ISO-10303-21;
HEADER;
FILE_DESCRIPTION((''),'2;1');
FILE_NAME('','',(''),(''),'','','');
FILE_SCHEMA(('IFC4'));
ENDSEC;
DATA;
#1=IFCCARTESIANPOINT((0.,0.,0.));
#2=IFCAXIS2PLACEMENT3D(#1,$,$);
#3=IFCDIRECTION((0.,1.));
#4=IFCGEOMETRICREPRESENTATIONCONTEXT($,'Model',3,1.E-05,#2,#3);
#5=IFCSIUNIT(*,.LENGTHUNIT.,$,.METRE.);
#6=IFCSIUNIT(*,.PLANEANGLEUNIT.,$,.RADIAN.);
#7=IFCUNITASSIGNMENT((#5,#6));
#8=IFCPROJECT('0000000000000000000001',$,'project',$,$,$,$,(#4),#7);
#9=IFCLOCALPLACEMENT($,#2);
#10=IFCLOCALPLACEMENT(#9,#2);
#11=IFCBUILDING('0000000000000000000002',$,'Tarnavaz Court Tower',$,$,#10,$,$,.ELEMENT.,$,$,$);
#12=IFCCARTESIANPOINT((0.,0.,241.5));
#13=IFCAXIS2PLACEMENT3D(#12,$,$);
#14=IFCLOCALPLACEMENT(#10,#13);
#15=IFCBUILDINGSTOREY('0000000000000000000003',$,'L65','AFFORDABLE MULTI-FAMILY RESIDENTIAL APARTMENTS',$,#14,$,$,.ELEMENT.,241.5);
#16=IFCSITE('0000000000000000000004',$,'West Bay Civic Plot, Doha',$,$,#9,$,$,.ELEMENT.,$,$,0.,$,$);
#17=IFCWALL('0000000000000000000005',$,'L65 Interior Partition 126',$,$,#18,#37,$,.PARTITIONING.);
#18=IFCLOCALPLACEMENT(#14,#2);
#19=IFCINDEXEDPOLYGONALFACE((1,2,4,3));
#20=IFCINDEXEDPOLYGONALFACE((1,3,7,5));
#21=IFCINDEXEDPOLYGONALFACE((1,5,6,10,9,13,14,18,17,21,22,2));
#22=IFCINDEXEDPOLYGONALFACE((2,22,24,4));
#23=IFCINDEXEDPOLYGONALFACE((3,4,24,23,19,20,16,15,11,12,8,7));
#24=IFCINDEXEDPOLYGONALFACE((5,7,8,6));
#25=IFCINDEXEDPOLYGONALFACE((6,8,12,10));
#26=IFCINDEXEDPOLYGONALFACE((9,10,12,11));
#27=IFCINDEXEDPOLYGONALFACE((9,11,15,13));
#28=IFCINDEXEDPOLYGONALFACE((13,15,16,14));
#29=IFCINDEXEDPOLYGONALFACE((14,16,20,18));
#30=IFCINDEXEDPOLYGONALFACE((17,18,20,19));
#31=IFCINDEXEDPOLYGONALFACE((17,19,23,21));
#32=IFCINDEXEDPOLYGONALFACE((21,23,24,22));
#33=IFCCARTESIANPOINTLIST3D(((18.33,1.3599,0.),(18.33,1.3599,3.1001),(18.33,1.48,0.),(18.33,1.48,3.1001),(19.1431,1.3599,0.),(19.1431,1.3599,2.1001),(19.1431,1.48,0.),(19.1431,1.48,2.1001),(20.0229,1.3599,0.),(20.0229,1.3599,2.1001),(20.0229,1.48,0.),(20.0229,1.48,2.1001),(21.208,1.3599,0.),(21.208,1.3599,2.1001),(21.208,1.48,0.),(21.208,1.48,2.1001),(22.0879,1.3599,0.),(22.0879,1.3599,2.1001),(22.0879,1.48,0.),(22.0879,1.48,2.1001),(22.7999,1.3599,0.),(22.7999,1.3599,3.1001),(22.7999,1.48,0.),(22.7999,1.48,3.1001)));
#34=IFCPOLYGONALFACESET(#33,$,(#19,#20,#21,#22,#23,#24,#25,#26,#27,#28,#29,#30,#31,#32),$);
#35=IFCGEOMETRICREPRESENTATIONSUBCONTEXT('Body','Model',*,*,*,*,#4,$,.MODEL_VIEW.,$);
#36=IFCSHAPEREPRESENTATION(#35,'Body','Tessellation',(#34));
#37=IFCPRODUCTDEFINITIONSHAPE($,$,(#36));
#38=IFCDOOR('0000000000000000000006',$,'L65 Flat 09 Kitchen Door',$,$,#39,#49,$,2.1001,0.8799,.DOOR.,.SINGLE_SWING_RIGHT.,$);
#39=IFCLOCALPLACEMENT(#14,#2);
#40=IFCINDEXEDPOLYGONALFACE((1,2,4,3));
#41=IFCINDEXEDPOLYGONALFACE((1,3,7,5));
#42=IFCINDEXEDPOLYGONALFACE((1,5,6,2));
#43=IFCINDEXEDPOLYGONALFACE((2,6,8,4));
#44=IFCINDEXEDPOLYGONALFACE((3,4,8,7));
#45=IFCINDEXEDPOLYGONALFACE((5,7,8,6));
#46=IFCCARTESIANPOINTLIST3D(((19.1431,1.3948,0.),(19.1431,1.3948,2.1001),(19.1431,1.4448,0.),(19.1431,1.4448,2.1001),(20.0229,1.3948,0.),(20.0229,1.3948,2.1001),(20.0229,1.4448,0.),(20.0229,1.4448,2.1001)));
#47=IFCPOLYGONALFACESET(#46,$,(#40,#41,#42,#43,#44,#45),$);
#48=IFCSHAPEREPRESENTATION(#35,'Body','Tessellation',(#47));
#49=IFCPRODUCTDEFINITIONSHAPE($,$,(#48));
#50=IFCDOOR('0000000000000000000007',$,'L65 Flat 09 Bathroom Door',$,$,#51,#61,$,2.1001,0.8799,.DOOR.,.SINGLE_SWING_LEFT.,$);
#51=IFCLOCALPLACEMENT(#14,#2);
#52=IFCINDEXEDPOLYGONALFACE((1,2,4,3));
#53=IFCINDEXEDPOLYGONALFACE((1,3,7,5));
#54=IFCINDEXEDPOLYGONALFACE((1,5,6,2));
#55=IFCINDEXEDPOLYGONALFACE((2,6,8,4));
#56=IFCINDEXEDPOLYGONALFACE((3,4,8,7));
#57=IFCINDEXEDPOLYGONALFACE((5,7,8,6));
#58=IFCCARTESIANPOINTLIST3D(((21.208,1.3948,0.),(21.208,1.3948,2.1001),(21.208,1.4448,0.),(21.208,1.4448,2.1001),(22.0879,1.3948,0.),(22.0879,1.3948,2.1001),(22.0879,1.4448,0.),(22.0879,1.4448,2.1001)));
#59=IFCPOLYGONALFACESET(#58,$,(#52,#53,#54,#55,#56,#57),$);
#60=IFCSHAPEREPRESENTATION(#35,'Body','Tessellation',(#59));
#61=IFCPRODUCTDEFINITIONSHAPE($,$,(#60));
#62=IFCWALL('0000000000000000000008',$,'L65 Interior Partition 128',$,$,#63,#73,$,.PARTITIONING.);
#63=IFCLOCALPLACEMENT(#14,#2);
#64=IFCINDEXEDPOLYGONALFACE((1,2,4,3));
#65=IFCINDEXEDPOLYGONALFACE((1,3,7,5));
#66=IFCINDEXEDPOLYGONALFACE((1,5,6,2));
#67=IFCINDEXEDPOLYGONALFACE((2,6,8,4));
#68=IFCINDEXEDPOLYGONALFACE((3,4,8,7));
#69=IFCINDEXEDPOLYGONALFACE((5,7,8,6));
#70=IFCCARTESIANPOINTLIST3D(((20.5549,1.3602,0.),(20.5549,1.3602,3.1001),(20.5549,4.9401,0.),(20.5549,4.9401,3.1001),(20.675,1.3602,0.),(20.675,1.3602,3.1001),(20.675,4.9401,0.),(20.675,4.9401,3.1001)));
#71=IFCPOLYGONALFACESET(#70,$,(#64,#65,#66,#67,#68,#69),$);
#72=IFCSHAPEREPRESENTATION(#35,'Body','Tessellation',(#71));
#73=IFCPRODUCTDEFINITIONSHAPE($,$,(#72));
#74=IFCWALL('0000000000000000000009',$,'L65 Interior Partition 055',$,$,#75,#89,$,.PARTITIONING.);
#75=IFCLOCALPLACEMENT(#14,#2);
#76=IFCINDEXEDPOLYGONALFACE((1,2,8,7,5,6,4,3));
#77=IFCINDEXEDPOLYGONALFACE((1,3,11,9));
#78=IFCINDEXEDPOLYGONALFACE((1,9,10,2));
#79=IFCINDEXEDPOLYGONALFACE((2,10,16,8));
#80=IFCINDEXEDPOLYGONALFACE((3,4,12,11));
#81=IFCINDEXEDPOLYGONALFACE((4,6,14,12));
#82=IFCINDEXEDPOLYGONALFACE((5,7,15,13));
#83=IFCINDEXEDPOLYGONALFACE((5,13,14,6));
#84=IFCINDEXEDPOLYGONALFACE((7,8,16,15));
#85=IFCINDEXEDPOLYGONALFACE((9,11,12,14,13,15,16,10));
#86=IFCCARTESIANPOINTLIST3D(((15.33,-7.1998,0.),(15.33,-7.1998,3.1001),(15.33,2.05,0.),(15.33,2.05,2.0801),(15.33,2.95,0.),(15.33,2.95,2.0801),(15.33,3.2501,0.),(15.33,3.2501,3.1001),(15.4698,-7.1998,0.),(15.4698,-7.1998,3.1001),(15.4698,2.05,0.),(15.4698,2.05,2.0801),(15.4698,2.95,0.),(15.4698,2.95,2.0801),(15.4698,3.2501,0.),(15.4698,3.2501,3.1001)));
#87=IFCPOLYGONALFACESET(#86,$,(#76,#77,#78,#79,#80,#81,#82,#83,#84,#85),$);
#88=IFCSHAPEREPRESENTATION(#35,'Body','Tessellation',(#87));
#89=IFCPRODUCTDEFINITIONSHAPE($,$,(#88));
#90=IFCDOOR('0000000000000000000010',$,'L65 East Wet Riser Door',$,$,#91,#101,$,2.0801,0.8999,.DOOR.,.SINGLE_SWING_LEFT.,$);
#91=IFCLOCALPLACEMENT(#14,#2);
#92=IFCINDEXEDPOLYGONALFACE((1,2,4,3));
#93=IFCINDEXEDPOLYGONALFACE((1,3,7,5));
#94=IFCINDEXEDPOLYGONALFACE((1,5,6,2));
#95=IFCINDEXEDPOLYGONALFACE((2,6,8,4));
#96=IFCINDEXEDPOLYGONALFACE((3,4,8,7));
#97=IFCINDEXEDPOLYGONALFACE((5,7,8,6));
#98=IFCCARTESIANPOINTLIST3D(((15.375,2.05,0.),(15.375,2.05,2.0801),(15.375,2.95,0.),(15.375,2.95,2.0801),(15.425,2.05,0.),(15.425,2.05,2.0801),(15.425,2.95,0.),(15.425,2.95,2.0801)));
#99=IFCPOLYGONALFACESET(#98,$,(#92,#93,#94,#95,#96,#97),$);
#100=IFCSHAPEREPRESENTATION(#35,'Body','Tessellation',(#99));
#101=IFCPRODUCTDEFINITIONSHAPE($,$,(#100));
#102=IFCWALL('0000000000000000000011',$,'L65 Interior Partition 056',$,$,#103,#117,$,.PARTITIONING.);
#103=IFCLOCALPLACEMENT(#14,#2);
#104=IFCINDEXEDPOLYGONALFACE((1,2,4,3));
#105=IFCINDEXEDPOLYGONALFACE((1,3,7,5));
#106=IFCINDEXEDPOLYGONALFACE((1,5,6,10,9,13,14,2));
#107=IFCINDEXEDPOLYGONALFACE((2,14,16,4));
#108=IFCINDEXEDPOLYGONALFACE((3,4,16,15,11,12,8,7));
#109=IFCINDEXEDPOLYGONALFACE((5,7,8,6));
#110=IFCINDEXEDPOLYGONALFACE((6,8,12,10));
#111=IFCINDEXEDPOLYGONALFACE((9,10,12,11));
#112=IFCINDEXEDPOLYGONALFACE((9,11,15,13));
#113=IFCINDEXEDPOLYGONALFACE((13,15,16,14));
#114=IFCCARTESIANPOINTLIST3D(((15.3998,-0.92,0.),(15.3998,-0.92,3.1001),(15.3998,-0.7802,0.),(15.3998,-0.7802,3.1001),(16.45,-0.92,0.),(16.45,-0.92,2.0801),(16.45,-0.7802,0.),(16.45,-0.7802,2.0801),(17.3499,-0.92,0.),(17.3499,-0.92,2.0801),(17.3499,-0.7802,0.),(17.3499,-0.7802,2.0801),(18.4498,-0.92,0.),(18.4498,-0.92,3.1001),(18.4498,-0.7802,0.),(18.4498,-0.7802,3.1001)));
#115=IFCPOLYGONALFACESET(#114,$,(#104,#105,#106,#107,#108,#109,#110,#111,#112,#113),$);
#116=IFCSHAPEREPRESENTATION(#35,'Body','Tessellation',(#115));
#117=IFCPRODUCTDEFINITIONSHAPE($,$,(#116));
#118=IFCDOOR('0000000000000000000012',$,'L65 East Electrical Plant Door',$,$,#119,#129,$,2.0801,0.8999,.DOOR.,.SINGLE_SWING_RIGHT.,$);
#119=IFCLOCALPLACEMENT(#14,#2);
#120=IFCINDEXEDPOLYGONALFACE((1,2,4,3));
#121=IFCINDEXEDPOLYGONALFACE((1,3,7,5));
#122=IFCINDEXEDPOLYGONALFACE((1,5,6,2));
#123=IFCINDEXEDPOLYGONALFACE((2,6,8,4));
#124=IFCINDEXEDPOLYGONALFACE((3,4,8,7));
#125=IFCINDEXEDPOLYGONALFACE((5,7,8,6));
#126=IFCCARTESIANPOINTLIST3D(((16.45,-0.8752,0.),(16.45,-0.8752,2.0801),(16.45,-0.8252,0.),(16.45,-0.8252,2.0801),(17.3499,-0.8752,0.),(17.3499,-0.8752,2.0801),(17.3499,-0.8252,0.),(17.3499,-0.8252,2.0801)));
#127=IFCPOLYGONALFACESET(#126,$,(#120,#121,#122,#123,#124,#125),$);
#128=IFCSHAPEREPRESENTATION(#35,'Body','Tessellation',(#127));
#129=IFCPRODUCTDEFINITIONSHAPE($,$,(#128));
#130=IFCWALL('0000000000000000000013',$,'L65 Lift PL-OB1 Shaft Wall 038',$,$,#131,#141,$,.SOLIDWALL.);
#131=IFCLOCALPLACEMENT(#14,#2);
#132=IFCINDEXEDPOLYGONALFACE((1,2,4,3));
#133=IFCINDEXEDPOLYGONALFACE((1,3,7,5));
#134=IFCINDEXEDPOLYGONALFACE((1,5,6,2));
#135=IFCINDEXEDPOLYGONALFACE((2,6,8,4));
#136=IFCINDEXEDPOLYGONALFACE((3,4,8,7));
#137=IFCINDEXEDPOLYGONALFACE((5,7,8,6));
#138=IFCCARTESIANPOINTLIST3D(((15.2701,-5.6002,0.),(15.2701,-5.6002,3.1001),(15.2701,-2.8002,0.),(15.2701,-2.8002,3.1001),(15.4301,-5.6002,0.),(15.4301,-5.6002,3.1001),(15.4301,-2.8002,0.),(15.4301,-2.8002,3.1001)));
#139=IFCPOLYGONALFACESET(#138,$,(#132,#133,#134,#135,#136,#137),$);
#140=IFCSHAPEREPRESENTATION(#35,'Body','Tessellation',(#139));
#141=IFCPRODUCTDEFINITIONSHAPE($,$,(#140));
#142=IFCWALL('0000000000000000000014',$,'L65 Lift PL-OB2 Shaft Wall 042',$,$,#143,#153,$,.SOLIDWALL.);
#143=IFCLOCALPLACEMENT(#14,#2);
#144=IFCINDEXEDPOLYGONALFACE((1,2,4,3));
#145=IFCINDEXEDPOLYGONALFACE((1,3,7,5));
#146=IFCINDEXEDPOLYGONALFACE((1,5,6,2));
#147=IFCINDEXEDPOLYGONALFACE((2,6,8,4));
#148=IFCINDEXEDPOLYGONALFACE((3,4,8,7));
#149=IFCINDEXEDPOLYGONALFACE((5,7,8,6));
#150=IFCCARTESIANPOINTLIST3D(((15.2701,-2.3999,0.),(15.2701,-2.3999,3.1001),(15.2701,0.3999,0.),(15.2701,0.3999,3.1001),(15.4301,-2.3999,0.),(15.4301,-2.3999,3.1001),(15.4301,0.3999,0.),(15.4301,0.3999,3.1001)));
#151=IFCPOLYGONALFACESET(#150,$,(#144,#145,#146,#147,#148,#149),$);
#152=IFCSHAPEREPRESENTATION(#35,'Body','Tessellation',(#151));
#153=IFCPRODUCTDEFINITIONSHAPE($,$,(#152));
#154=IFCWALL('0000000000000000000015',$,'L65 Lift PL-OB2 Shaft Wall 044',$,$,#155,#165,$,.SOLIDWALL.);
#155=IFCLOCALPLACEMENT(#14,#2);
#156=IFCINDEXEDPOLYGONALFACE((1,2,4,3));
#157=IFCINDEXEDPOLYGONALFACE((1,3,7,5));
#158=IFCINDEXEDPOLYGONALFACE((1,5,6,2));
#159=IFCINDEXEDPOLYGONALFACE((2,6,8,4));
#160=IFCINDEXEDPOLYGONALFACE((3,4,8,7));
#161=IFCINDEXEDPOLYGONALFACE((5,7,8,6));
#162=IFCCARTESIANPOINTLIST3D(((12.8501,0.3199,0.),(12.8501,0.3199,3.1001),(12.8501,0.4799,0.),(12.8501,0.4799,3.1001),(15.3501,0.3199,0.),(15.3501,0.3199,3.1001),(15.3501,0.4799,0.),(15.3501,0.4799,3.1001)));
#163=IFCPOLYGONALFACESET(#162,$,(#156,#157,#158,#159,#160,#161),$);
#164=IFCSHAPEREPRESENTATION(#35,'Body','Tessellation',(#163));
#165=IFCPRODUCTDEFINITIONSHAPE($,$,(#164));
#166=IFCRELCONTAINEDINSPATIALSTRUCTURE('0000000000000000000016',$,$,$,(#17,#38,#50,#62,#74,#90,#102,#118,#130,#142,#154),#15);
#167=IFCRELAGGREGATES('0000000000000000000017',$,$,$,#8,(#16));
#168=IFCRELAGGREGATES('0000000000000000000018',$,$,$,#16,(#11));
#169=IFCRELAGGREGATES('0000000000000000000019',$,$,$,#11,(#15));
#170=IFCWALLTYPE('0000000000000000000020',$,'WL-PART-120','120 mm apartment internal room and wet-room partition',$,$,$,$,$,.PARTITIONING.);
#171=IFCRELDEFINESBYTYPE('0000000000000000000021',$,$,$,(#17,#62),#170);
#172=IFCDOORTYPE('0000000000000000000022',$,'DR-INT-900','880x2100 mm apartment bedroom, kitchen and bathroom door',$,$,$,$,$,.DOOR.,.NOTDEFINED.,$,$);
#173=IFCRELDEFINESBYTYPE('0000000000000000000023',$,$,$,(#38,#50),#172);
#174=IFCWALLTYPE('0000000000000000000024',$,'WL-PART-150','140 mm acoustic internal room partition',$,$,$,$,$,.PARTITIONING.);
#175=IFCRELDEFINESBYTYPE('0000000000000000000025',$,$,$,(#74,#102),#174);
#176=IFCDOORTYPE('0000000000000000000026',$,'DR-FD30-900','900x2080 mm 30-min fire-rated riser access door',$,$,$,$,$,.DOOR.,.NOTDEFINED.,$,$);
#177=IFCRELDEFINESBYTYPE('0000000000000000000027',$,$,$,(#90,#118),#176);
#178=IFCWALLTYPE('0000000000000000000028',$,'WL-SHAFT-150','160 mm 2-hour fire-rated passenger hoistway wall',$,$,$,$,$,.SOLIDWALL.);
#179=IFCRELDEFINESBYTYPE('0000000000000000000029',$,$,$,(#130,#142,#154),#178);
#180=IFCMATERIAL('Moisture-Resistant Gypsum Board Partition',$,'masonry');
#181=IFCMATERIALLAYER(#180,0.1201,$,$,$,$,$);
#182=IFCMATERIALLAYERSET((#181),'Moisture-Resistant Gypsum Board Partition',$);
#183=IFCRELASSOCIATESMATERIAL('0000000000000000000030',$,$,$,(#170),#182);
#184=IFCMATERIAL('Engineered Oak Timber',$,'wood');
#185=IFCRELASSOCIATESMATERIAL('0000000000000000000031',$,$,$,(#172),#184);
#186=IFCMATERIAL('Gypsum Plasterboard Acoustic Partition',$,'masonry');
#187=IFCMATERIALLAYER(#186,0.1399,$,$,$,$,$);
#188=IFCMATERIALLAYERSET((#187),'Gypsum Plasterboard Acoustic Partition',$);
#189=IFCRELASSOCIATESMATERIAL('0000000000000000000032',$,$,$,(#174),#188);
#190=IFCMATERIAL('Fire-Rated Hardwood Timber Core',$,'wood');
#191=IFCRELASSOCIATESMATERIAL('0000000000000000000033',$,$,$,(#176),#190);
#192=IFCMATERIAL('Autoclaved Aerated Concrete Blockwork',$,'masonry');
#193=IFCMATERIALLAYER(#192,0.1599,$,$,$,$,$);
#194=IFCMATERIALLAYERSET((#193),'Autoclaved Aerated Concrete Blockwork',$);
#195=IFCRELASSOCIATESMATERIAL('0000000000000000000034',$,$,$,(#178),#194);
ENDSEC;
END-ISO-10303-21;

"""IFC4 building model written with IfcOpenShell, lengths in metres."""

from ifc_helpers import new_model, si_unit, direction, frame, frame_2d, origin, place, context, subcontext, project, spatial, rectangle, extrude, material, layer, layer_set, type_object, element, fill, save


model = new_model("IFC4")

# Units and contexts
model_context = context("Model", 3, precision=1e-05, world=origin(), true_north=direction((0.0, 1.0)))
body_context = subcontext(model_context, "Body", "Model", "MODEL_VIEW")
ifc_project = project(units=[si_unit("LENGTHUNIT", "METRE"), si_unit("PLANEANGLEUNIT", "RADIAN")], contexts=[model_context])

# Site, building, storey
site_placement = place(None, origin())
site = spatial("IfcSite", under=ifc_project, at=site_placement, Name="West Bay Civic Plot, Doha", CompositionType="ELEMENT", RefElevation=0.0)
building_placement = place(site_placement, origin())
building = spatial("IfcBuilding", under=site, at=building_placement, Name="Tarnavaz Court Tower", CompositionType="ELEMENT")
storey_placement = place(building_placement, frame((0.0, 0.0, 241.5)))
storey = spatial("IfcBuildingStorey", under=building, at=storey_placement, Name="L65", Description="AFFORDABLE MULTI-FAMILY RESIDENTIAL APARTMENTS", CompositionType="ELEMENT", Elevation=241.5)

# Shared definitions
ifc_material_1 = material(Name="Fire-Rated Hardwood Timber Core", Category="wood")
ifc_material_2 = material(Name="Engineered Oak Timber", Category="wood")
ifc_material_3 = material(Name="Moisture-Resistant Gypsum Board Partition", Category="masonry")
ifc_layer_1 = layer(ifc_material_3, 0.1201)
ifc_layer_set_1 = layer_set([ifc_layer_1], Name="Moisture-Resistant Gypsum Board Partition")
wall_type_1 = type_object("IfcWallType", Name="WL-PART-120", Description="120 mm apartment internal room and wet-room partition", PredefinedType="PARTITIONING", material=ifc_layer_set_1)
door_type_1 = type_object("IfcDoorType", Name="DR-INT-900", Description="880x2100 mm apartment bedroom, kitchen and bathroom door", OperationType="NOTDEFINED", PredefinedType="DOOR", material=ifc_material_2)

# Wall, openings, doors
wall_1_placement = place(storey_placement, frame((18.3301, 1.4199, 0.0), z_axis=(0.0, 0.0, 1.0), x_axis=(1.0, 0.0, 0.0)))
wall_1 = element("IfcWall", 1, at=wall_1_placement, inside=storey, type_object=wall_type_1, Name="L65 Interior Partition 126", PredefinedType="PARTITIONING", context=body_context, shape_type="SweptSolid", body=[
    extrude(rectangle(XDim=4.47, YDim=0.1201, at=frame_2d((2.2349, 0.0))), origin(), (0.0, 0.0, 1.0), 3.1001),
])
opening_1_placement = place(wall_1_placement, frame((0.813, 0.0, 0.0)))
opening_1 = element("IfcOpeningElement", 2, at=opening_1_placement, cuts=wall_1, PredefinedType="OPENING", context=body_context, shape_type="SweptSolid", body=[
    extrude(rectangle(XDim=0.8799, YDim=2.1001, at=frame_2d((0.4399, 1.05))), frame((0.0, 0.0701, 0.0), z_axis=(0.0, -1.0, 0.0), x_axis=(1.0, 0.0, 0.0)), (0.0, 0.0, 1.0), 0.1401),
])
opening_2_placement = place(wall_1_placement, frame((2.8779, 0.0, 0.0)))
opening_2 = element("IfcOpeningElement", 3, at=opening_2_placement, cuts=wall_1, PredefinedType="OPENING", context=body_context, shape_type="SweptSolid", body=[
    extrude(rectangle(XDim=0.8799, YDim=2.1001, at=frame_2d((0.4399, 1.05))), frame((0.0, 0.0701, 0.0), z_axis=(0.0, -1.0, 0.0), x_axis=(1.0, 0.0, 0.0)), (0.0, 0.0, 1.0), 0.1401),
])
door_1_placement = place(opening_1_placement, origin())
door_1 = element("IfcDoor", 4, at=door_1_placement, inside=storey, type_object=door_type_1, Name="L65 Flat 09 Kitchen Door", OperationType="SINGLE_SWING_RIGHT", OverallHeight=2.1001, OverallWidth=0.8799, PredefinedType="DOOR", context=body_context, shape_type="SweptSolid", body=[
    extrude(rectangle(XDim=0.8799, YDim=2.1001, at=frame_2d((0.4399, 1.05))), frame((0.0, 0.0249, 0.0), z_axis=(0.0, -1.0, 0.0), x_axis=(1.0, 0.0, 0.0)), (0.0, 0.0, 1.0), 0.05),
])
fill(opening_1, door_1)
door_2_placement = place(opening_2_placement, origin())
door_2 = element("IfcDoor", 5, at=door_2_placement, inside=storey, type_object=door_type_1, Name="L65 Flat 09 Bathroom Door", OperationType="SINGLE_SWING_LEFT", OverallHeight=2.1001, OverallWidth=0.8799, PredefinedType="DOOR", context=body_context, shape_type="SweptSolid", body=[
    extrude(rectangle(XDim=0.8799, YDim=2.1001, at=frame_2d((0.4399, 1.05))), frame((0.0, 0.0249, 0.0), z_axis=(0.0, -1.0, 0.0), x_axis=(1.0, 0.0, 0.0)), (0.0, 0.0, 1.0), 0.05),
])
fill(opening_2, door_2)

# Wall
wall_2_placement = place(storey_placement, frame((20.615, 1.3601, 0.0), z_axis=(0.0, 0.0, 1.0), x_axis=(0.0, 1.0, 0.0)))
element("IfcWall", 6, at=wall_2_placement, inside=storey, type_object=wall_type_1, Name="L65 Interior Partition 128", PredefinedType="PARTITIONING", context=body_context, shape_type="SweptSolid", body=[
    extrude(rectangle(XDim=3.5798, YDim=0.1201, at=frame_2d((1.79, 0.0))), origin(), (0.0, 0.0, 1.0), 3.1001),
])

# Walls, openings, doors
ifc_material_4 = material(Name="Gypsum Plasterboard Acoustic Partition", Category="masonry")
ifc_layer_2 = layer(ifc_material_4, 0.1399)
ifc_layer_set_2 = layer_set([ifc_layer_2], Name="Gypsum Plasterboard Acoustic Partition")
wall_type_2 = type_object("IfcWallType", Name="WL-PART-150", Description="140 mm acoustic internal room partition", PredefinedType="PARTITIONING", material=ifc_layer_set_2)
wall_3_placement = place(storey_placement, frame((15.3999, -7.2, 0.0), z_axis=(0.0, 0.0, 1.0), x_axis=(0.0, 1.0, 0.0)))
wall_3 = element("IfcWall", 7, at=wall_3_placement, inside=storey, type_object=wall_type_2, Name="L65 Interior Partition 055", PredefinedType="PARTITIONING", context=body_context, shape_type="SweptSolid", body=[
    extrude(rectangle(XDim=10.45, YDim=0.1399, at=frame_2d((5.2251, 0.0))), origin(), (0.0, 0.0, 1.0), 3.1001),
])
opening_3_placement = place(wall_3_placement, frame((9.25, 0.0, 0.0)))
opening_3 = element("IfcOpeningElement", 8, at=opening_3_placement, cuts=wall_3, PredefinedType="OPENING", context=body_context, shape_type="SweptSolid", body=[
    extrude(rectangle(XDim=0.8999, YDim=2.0801, at=frame_2d((0.45, 1.04))), frame((0.0, 0.0798, 0.0), z_axis=(0.0, -1.0, 0.0), x_axis=(1.0, 0.0, 0.0)), (0.0, 0.0, 1.0), 0.1599),
])
door_type_2 = type_object("IfcDoorType", Name="DR-FD30-900", Description="900x2080 mm 30-min fire-rated riser access door", OperationType="NOTDEFINED", PredefinedType="DOOR", material=ifc_material_1)
door_3_placement = place(opening_3_placement, origin())
door_3 = element("IfcDoor", 9, at=door_3_placement, inside=storey, type_object=door_type_2, Name="L65 East Wet Riser Door", OperationType="SINGLE_SWING_LEFT", OverallHeight=2.0801, OverallWidth=0.8999, PredefinedType="DOOR", context=body_context, shape_type="SweptSolid", body=[
    extrude(rectangle(XDim=0.8999, YDim=2.0801, at=frame_2d((0.45, 1.04))), frame((0.0, 0.0249, 0.0), z_axis=(0.0, -1.0, 0.0), x_axis=(1.0, 0.0, 0.0)), (0.0, 0.0, 1.0), 0.05),
])
fill(opening_3, door_3)
wall_4_placement = place(storey_placement, frame((15.3999, -0.8501, 0.0), z_axis=(0.0, 0.0, 1.0), x_axis=(1.0, 0.0, 0.0)))
wall_4 = element("IfcWall", 10, at=wall_4_placement, inside=storey, type_object=wall_type_2, Name="L65 Interior Partition 056", PredefinedType="PARTITIONING", context=body_context, shape_type="SweptSolid", body=[
    extrude(rectangle(XDim=3.05, YDim=0.1399, at=frame_2d((1.5249, 0.0))), origin(), (0.0, 0.0, 1.0), 3.1001),
])
opening_4_placement = place(wall_4_placement, frame((1.05, 0.0, 0.0)))
opening_4 = element("IfcOpeningElement", 11, at=opening_4_placement, cuts=wall_4, PredefinedType="OPENING", context=body_context, shape_type="SweptSolid", body=[
    extrude(rectangle(XDim=0.8999, YDim=2.0801, at=frame_2d((0.45, 1.04))), frame((0.0, 0.0798, 0.0), z_axis=(0.0, -1.0, 0.0), x_axis=(1.0, 0.0, 0.0)), (0.0, 0.0, 1.0), 0.1599),
])
door_4_placement = place(opening_4_placement, origin())
door_4 = element("IfcDoor", 12, at=door_4_placement, inside=storey, type_object=door_type_2, Name="L65 East Electrical Plant Door", OperationType="SINGLE_SWING_RIGHT", OverallHeight=2.0801, OverallWidth=0.8999, PredefinedType="DOOR", context=body_context, shape_type="SweptSolid", body=[
    extrude(rectangle(XDim=0.8999, YDim=2.0801, at=frame_2d((0.45, 1.04))), frame((0.0, 0.0249, 0.0), z_axis=(0.0, -1.0, 0.0), x_axis=(1.0, 0.0, 0.0)), (0.0, 0.0, 1.0), 0.05),
])
fill(opening_4, door_4)

# Walls
ifc_material_5 = material(Name="Autoclaved Aerated Concrete Blockwork", Category="masonry")
ifc_layer_3 = layer(ifc_material_5, 0.1599)
ifc_layer_set_3 = layer_set([ifc_layer_3], Name="Autoclaved Aerated Concrete Blockwork")
wall_type_3 = type_object("IfcWallType", Name="WL-SHAFT-150", Description="160 mm 2-hour fire-rated passenger hoistway wall", PredefinedType="SOLIDWALL", material=ifc_layer_set_3)
wall_5_placement = place(storey_placement, frame((15.3501, -5.6001, 0.0), z_axis=(0.0, 0.0, 1.0), x_axis=(0.0, 1.0, 0.0)))
element("IfcWall", 13, at=wall_5_placement, inside=storey, type_object=wall_type_3, Name="L65 Lift PL-OB1 Shaft Wall 038", PredefinedType="SOLIDWALL", context=body_context, shape_type="SweptSolid", body=[
    extrude(rectangle(XDim=2.8, YDim=0.1599, at=frame_2d((1.3999, 0.0))), origin(), (0.0, 0.0, 1.0), 3.1001),
])
wall_6_placement = place(storey_placement, frame((15.3501, -2.3999, 0.0), z_axis=(0.0, 0.0, 1.0), x_axis=(0.0, 1.0, 0.0)))
element("IfcWall", 14, at=wall_6_placement, inside=storey, type_object=wall_type_3, Name="L65 Lift PL-OB2 Shaft Wall 042", PredefinedType="SOLIDWALL", context=body_context, shape_type="SweptSolid", body=[
    extrude(rectangle(XDim=2.7998, YDim=0.1599, at=frame_2d((1.3999, 0.0))), origin(), (0.0, 0.0, 1.0), 3.1001),
])
wall_7_placement = place(storey_placement, frame((12.8501, 0.3999, 0.0), z_axis=(0.0, 0.0, 1.0), x_axis=(1.0, 0.0, 0.0)))
element("IfcWall", 15, at=wall_7_placement, inside=storey, type_object=wall_type_3, Name="L65 Lift PL-OB2 Shaft Wall 044", PredefinedType="SOLIDWALL", context=body_context, shape_type="SweptSolid", body=[
    extrude(rectangle(XDim=2.5, YDim=0.1599, at=frame_2d((1.25, 0.0))), origin(), (0.0, 0.0, 1.0), 3.1001),
])

save(model, "model.ifc")
